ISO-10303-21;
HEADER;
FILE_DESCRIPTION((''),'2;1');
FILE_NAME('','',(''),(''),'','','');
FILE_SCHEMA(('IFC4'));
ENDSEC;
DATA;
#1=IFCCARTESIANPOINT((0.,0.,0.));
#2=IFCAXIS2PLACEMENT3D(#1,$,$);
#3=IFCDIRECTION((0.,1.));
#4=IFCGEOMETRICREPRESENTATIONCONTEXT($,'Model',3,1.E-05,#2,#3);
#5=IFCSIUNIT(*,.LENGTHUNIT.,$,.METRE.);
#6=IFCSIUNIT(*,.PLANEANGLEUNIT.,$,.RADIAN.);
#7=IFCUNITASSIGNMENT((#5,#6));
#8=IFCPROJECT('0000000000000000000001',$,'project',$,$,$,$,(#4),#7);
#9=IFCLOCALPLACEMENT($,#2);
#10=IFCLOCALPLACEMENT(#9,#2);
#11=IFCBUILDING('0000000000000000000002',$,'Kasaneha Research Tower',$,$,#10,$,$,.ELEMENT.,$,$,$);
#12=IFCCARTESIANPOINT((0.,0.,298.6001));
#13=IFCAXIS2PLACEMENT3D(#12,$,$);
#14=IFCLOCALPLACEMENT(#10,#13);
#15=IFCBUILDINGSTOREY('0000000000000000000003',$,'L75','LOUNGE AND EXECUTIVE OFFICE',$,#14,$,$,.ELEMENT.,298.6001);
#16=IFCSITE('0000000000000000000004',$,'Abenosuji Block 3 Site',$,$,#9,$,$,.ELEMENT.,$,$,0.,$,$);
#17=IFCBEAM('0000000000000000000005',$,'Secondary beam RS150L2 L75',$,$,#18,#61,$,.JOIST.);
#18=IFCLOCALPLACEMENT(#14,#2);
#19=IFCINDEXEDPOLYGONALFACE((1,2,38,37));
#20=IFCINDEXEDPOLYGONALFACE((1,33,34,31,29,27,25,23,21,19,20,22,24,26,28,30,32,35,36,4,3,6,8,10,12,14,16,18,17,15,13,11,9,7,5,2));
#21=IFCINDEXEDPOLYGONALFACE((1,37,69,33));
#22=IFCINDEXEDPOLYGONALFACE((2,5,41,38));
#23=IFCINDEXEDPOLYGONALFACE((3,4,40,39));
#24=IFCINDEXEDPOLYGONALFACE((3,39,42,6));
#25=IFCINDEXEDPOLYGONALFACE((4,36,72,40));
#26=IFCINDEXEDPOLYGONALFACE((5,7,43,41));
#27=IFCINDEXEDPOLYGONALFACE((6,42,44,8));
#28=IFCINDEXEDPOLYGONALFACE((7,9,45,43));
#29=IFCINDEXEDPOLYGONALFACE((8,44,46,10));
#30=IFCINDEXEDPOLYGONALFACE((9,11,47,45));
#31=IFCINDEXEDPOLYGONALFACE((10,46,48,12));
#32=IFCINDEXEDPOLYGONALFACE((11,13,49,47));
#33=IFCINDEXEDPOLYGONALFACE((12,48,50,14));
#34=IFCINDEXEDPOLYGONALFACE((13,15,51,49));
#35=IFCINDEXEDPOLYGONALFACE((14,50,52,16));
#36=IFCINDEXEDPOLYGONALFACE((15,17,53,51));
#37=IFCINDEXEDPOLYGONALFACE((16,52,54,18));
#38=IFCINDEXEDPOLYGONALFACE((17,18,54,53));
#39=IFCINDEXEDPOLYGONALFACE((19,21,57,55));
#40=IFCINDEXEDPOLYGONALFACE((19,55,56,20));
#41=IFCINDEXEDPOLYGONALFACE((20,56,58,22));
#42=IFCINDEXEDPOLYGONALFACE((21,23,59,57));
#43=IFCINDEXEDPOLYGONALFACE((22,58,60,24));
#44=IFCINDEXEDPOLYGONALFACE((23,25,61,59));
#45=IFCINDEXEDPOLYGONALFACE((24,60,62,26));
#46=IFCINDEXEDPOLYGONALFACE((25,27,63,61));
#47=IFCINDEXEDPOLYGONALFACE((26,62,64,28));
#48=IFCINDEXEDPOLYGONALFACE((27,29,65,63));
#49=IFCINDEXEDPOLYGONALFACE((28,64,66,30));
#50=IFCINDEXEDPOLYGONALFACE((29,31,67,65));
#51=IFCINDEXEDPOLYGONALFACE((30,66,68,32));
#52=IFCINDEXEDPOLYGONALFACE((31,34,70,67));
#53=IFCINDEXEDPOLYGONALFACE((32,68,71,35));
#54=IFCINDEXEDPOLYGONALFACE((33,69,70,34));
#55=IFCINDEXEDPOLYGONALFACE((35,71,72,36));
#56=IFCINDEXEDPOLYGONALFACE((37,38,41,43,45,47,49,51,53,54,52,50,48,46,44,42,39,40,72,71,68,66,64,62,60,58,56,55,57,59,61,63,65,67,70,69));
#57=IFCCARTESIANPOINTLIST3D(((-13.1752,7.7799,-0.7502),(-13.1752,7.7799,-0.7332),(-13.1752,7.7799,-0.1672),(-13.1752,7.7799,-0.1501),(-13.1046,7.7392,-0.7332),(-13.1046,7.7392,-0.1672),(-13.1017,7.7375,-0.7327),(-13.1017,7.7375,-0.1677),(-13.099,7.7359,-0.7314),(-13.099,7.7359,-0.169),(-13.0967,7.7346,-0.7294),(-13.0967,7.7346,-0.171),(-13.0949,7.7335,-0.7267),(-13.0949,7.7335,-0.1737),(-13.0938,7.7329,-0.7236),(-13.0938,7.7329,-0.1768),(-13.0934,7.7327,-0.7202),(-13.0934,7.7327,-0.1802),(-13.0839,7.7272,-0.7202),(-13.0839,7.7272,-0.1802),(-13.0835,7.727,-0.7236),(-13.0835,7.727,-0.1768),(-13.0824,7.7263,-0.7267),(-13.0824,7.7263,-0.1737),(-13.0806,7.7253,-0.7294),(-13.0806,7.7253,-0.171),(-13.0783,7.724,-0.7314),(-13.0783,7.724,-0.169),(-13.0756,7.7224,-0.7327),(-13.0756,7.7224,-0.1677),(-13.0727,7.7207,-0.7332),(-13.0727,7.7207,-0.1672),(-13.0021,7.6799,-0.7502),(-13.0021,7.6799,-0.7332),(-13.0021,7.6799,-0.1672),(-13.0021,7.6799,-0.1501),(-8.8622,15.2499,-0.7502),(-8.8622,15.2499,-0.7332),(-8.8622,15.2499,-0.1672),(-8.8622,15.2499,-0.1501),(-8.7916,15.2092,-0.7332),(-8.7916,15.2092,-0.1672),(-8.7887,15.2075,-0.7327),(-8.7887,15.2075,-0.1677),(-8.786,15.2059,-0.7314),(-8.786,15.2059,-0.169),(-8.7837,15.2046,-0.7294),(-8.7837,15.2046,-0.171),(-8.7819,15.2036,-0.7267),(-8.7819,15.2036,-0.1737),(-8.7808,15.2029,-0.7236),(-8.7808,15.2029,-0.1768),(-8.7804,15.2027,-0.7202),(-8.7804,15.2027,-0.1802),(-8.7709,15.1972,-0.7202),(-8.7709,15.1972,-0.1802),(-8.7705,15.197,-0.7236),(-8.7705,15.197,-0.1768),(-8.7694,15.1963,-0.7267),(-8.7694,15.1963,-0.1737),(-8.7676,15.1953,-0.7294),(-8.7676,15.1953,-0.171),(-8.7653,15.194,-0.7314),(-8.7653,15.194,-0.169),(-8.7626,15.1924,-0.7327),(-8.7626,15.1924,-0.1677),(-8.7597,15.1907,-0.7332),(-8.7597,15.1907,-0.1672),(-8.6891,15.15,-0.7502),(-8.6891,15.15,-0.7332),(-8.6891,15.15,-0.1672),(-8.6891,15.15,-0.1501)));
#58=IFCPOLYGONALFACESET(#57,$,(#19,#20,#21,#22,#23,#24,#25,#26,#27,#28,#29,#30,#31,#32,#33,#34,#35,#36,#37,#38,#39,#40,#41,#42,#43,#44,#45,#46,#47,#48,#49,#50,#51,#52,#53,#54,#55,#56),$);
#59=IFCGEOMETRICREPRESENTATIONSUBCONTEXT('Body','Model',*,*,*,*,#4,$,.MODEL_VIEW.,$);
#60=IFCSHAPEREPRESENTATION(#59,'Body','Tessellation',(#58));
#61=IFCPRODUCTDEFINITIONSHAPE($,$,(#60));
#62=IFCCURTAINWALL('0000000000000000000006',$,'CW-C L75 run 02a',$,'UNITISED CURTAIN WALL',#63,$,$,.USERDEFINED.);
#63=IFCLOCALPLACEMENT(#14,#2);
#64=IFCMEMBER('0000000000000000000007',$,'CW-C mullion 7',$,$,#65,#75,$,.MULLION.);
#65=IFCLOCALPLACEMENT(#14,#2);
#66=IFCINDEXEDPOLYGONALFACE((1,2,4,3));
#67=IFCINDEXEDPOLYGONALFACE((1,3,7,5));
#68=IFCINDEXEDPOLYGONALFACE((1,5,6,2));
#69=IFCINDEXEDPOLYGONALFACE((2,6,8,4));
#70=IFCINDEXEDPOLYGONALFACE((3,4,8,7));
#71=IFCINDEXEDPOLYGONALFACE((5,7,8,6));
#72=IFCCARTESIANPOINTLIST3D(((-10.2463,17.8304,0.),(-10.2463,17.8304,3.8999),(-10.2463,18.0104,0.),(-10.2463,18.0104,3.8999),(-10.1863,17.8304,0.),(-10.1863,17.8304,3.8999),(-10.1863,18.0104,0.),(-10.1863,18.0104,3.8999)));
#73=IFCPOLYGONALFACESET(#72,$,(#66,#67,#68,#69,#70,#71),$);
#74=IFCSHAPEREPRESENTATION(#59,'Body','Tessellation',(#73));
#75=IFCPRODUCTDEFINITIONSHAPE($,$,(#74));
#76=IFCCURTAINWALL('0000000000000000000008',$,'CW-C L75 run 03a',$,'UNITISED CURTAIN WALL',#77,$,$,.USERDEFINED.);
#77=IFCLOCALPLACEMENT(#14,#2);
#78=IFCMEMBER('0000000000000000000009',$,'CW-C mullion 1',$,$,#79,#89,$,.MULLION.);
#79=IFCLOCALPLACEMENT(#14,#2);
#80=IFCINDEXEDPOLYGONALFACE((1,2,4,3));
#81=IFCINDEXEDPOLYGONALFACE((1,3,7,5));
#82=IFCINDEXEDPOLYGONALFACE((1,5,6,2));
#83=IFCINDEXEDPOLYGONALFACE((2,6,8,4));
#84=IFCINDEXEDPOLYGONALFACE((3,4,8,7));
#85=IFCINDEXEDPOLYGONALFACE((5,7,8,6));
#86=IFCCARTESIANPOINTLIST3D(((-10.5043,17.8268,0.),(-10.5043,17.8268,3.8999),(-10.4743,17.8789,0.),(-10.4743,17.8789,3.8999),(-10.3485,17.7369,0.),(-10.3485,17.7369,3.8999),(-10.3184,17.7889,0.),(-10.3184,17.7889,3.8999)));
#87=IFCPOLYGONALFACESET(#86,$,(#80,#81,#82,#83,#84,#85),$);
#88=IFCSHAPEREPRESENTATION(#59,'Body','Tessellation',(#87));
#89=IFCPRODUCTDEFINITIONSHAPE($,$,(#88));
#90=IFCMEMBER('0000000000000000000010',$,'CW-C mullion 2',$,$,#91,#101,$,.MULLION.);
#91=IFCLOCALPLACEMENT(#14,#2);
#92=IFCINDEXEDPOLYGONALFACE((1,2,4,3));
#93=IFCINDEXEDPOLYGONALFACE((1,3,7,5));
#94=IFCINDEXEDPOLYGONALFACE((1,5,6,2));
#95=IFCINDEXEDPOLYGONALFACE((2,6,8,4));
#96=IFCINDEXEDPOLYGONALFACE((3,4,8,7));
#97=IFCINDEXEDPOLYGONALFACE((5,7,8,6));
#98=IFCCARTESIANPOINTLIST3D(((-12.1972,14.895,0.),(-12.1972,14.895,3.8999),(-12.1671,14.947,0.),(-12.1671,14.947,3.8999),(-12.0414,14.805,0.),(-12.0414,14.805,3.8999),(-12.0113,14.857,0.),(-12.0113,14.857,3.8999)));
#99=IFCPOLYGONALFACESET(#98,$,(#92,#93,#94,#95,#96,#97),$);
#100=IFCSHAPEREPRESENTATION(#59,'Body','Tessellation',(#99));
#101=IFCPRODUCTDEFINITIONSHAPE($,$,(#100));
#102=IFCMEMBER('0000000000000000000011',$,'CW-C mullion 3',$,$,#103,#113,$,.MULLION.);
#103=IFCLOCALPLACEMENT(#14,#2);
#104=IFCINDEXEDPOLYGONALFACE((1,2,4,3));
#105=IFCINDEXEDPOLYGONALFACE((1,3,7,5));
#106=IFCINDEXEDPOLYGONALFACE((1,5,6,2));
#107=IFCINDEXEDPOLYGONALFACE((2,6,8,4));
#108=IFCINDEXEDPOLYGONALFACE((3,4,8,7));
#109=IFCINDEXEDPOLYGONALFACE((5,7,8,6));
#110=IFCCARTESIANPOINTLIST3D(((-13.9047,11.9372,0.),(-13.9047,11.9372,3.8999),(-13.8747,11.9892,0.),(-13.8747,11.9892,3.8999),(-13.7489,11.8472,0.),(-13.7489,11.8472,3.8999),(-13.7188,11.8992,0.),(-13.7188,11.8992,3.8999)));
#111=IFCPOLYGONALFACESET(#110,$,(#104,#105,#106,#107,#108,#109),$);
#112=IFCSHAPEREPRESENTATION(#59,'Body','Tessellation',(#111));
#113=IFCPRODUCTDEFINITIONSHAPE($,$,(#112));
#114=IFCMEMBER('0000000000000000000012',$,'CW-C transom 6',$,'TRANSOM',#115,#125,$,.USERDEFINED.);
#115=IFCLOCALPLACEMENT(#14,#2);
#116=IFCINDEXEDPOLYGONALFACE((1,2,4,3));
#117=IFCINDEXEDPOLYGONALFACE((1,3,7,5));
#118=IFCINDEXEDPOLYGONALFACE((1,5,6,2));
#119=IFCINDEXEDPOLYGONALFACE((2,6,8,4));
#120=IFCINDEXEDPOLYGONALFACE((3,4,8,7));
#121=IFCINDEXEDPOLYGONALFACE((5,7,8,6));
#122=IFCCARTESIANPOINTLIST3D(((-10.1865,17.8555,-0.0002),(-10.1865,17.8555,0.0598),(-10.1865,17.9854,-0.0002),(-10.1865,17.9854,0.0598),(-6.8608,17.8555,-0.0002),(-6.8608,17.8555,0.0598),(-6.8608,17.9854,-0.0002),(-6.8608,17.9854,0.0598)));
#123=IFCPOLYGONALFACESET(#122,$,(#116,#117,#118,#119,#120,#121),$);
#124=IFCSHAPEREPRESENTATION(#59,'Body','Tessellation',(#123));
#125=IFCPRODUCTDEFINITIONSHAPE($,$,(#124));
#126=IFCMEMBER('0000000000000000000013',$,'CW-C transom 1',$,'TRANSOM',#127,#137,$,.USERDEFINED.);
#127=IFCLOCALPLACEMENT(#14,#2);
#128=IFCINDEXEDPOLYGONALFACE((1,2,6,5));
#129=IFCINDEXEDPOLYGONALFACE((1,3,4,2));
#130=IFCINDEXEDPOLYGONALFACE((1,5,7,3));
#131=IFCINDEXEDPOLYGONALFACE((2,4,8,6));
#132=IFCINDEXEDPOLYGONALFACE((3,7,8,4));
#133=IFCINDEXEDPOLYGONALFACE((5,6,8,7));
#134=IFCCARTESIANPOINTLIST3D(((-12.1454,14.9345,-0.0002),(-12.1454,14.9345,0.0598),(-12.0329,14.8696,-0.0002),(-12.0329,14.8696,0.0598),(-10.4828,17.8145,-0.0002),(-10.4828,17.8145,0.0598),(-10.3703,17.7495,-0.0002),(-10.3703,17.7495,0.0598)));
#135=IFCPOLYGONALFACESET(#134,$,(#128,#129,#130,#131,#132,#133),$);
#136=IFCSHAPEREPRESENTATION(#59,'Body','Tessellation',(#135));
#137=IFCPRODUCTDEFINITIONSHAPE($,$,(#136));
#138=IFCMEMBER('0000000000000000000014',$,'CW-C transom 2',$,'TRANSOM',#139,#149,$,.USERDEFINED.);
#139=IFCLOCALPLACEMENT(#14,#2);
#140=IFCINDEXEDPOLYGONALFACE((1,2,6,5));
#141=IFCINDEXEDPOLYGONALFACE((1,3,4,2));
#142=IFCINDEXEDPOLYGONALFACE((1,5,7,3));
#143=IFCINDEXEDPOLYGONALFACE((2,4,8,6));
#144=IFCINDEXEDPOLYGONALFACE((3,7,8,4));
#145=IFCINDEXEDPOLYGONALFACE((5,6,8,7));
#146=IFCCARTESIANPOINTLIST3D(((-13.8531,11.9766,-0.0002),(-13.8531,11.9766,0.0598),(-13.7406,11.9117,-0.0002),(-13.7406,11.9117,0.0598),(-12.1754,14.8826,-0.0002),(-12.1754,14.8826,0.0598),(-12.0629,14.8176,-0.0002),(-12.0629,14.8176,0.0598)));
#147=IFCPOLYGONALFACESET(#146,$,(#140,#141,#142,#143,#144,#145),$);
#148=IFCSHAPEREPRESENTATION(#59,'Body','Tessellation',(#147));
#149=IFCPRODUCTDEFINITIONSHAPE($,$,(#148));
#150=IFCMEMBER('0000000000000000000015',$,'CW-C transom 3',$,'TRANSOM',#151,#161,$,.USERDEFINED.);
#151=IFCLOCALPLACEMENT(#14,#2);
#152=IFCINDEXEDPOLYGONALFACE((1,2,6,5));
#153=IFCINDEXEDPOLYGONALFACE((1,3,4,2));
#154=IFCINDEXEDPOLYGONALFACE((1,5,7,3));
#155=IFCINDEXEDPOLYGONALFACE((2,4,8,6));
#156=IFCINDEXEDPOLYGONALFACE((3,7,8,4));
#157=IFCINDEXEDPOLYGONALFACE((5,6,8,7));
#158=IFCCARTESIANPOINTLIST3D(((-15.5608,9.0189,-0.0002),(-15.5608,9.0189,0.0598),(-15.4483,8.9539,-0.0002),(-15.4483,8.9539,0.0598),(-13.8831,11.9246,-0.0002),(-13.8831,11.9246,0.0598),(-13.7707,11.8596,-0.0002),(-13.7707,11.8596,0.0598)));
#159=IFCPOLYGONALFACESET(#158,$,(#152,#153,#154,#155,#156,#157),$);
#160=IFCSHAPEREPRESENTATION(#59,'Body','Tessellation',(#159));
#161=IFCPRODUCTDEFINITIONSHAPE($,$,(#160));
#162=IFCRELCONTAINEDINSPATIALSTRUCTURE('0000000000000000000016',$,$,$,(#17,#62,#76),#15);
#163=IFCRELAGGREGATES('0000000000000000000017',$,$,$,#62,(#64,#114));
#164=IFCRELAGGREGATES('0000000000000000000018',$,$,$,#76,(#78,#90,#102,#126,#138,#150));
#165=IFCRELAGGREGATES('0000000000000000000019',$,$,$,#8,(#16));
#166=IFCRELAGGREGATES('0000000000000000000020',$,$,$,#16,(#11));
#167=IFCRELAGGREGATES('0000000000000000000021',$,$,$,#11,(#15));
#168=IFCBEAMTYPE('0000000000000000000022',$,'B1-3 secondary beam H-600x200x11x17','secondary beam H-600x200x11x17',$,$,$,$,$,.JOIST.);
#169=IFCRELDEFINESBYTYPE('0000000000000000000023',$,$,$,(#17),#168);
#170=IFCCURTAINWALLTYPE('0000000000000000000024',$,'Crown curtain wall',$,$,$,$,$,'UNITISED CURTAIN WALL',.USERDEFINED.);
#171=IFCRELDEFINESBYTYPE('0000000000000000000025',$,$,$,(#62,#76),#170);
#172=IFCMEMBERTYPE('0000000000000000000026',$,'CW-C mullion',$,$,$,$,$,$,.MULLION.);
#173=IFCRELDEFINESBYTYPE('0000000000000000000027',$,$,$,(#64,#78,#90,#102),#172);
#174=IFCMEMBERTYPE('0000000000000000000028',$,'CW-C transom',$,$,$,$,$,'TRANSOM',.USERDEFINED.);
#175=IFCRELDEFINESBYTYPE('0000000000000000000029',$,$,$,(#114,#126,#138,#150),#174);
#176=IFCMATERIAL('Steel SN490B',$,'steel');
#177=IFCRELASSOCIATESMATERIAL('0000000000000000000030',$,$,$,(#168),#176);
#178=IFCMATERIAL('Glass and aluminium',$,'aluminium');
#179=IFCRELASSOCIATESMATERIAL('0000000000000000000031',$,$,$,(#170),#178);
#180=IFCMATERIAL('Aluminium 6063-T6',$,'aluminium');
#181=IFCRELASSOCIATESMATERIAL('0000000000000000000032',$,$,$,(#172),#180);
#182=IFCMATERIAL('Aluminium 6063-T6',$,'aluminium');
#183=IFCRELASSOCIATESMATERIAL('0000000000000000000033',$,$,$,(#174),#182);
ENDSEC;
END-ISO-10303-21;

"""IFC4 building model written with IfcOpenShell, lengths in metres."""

from ifc_helpers import new_model, si_unit, direction, frame, origin, origin_2d, place, context, subcontext, project, spatial, rectangle, i_section, extrude, material, material_profile, profile_set, type_object, element, aggregate, save


model = new_model("IFC4")

# Units and contexts
model_context = context("Model", 3, precision=1e-05, world=origin(), true_north=direction((0.0, 1.0)))
body_context = subcontext(model_context, "Body", "Model", "MODEL_VIEW")
ifc_project = project(units=[si_unit("LENGTHUNIT", "METRE"), si_unit("PLANEANGLEUNIT", "RADIAN")], contexts=[model_context])

# Site, building, storey
site_placement = place(None, origin())
site = spatial("IfcSite", under=ifc_project, at=site_placement, Name="Abenosuji Block 3 Site", CompositionType="ELEMENT", RefElevation=0.0)
building_placement = place(site_placement, origin())
building = spatial("IfcBuilding", under=site, at=building_placement, Name="Kasaneha Research Tower", CompositionType="ELEMENT")
storey_placement = place(building_placement, frame((0.0, 0.0, 298.6001)))
storey = spatial("IfcBuildingStorey", under=building, at=storey_placement, Name="L75", Description="LOUNGE AND EXECUTIVE OFFICE", CompositionType="ELEMENT", Elevation=298.6001)

# Beam
ifc_material_1 = material(Name="Steel SN490B", Category="steel")
ifc_material_profile_1 = material_profile(ifc_material_1, i_section(OverallWidth=0.2, OverallDepth=0.6001, WebThickness=0.011, FlangeThickness=0.0171, FilletRadius=0.0129, at=origin_2d()), Name="H-600x200x11x17")
ifc_profile_set_1 = profile_set([ifc_material_profile_1], Name="Steel SN490B")
beam_type_1 = type_object("IfcBeamType", Name="B1-3 secondary beam H-600x200x11x17", Description="secondary beam H-600x200x11x17", PredefinedType="JOIST", material=ifc_profile_set_1)
beam_1_placement = place(storey_placement, frame((-8.7756, 15.2, -0.4502), z_axis=(-0.500017, -0.866015, 0.0), x_axis=(0.866015, -0.500017, 0.0)))
element("IfcBeam", 1, at=beam_1_placement, inside=storey, type_object=beam_type_1, Name="Secondary beam RS150L2 L75", PredefinedType="JOIST", context=body_context, shape_type="SweptSolid", body=[
    extrude(i_section(OverallWidth=0.2, OverallDepth=0.6001, WebThickness=0.011, FlangeThickness=0.0171, FilletRadius=0.0129, at=origin_2d()), origin(), (0.0, 0.0, 1.0), 8.6257),
])

# Curtain wall, member
ifc_material_2 = material(Name="Glass and aluminium", Category="aluminium")
curtain_wall_type = type_object("IfcCurtainWallType", Name="Crown curtain wall", ElementType="UNITISED CURTAIN WALL", PredefinedType="USERDEFINED", material=ifc_material_2)
curtain_wall_1_placement = place(storey_placement, origin())
curtain_wall_1 = element("IfcCurtainWall", 2, at=curtain_wall_1_placement, inside=storey, type_object=curtain_wall_type, Name="CW-C L75 run 02a", ObjectType="UNITISED CURTAIN WALL", PredefinedType="USERDEFINED")
ifc_material_3 = material(Name="Aluminium 6063-T6", Category="aluminium")
ifc_material_profile_2 = material_profile(ifc_material_3, rectangle(XDim=0.0601, YDim=0.1799, at=origin_2d()), Name="CW-C mullion 60x180")
ifc_profile_set_2 = profile_set([ifc_material_profile_2], Name="Aluminium 6063-T6")
member_type_1 = type_object("IfcMemberType", Name="CW-C mullion", PredefinedType="MULLION", material=ifc_profile_set_2)
member_1_placement = place(storey_placement, frame((-10.2163, 17.9204, 0.0), z_axis=(0.0, 0.0, 1.0), x_axis=(-1.0, 0.0, 0.0)))
member_1 = element("IfcMember", 3, at=member_1_placement, type_object=member_type_1, Name="CW-C mullion 7", PredefinedType="MULLION", context=body_context, shape_type="SweptSolid", body=[
    extrude(rectangle(XDim=0.0601, YDim=0.1799, at=origin_2d()), origin(), (0.0, 0.0, 1.0), 3.8999),
])

# Curtain wall, members
curtain_wall_2_placement = place(storey_placement, origin())
curtain_wall_2 = element("IfcCurtainWall", 4, at=curtain_wall_2_placement, inside=storey, type_object=curtain_wall_type, Name="CW-C L75 run 03a", ObjectType="UNITISED CURTAIN WALL", PredefinedType="USERDEFINED")
member_2_placement = place(storey_placement, frame((-10.4114, 17.8079, 0.0), z_axis=(0.0, 0.0, 1.0), x_axis=(-0.5, -0.866025, 0.0)))
member_2 = element("IfcMember", 5, at=member_2_placement, type_object=member_type_1, Name="CW-C mullion 1", PredefinedType="MULLION", context=body_context, shape_type="SweptSolid", body=[
    extrude(rectangle(XDim=0.0601, YDim=0.1799, at=origin_2d()), origin(), (0.0, 0.0, 1.0), 3.8999),
])
member_3_placement = place(storey_placement, frame((-12.1042, 14.876, 0.0), z_axis=(0.0, 0.0, 1.0), x_axis=(-0.5, -0.866025, 0.0)))
member_3 = element("IfcMember", 6, at=member_3_placement, type_object=member_type_1, Name="CW-C mullion 2", PredefinedType="MULLION", context=body_context, shape_type="SweptSolid", body=[
    extrude(rectangle(XDim=0.0601, YDim=0.1799, at=origin_2d()), origin(), (0.0, 0.0, 1.0), 3.8999),
])
member_4_placement = place(storey_placement, frame((-13.8118, 11.9182, 0.0), z_axis=(0.0, 0.0, 1.0), x_axis=(-0.5, -0.866025, 0.0)))
member_4 = element("IfcMember", 7, at=member_4_placement, type_object=member_type_1, Name="CW-C mullion 3", PredefinedType="MULLION", context=body_context, shape_type="SweptSolid", body=[
    extrude(rectangle(XDim=0.0601, YDim=0.1799, at=origin_2d()), origin(), (0.0, 0.0, 1.0), 3.8999),
])

# Members
ifc_material_4 = material(Name="Aluminium 6063-T6", Category="aluminium")
ifc_material_profile_3 = material_profile(ifc_material_4, rectangle(XDim=0.1299, YDim=0.0601, at=origin_2d()), Name="CW-C transom 130x60")
ifc_profile_set_3 = profile_set([ifc_material_profile_3], Name="Aluminium 6063-T6")
member_type_2 = type_object("IfcMemberType", Name="CW-C transom", ElementType="TRANSOM", PredefinedType="USERDEFINED", material=ifc_profile_set_3)
member_5_placement = place(storey_placement, frame((-6.8608, 17.9204, 0.0298), z_axis=(-1.0, 0.0, 0.0), x_axis=(0.0, -1.0, 0.0)))
member_5 = element("IfcMember", 8, at=member_5_placement, type_object=member_type_2, Name="CW-C transom 6", ObjectType="TRANSOM", PredefinedType="USERDEFINED", context=body_context, shape_type="SweptSolid", body=[
    extrude(rectangle(XDim=0.1299, YDim=0.0601, at=origin_2d()), origin(), (0.0, 0.0, 1.0), 3.3257),
])
member_6_placement = place(storey_placement, frame((-10.4265, 17.782, 0.0298), z_axis=(-0.499977, -0.866039, 0.0), x_axis=(0.866039, -0.499977, 0.0)))
member_6 = element("IfcMember", 9, at=member_6_placement, type_object=member_type_2, Name="CW-C transom 1", ObjectType="TRANSOM", PredefinedType="USERDEFINED", context=body_context, shape_type="SweptSolid", body=[
    extrude(rectangle(XDim=0.1299, YDim=0.0601, at=origin_2d()), origin(), (0.0, 0.0, 1.0), 3.3254),
])
member_7_placement = place(storey_placement, frame((-12.1191, 14.8501, 0.0298), z_axis=(-0.499989, -0.866032, 0.0), x_axis=(0.866032, -0.499989, 0.0)))
member_7 = element("IfcMember", 10, at=member_7_placement, type_object=member_type_2, Name="CW-C transom 2", ObjectType="TRANSOM", PredefinedType="USERDEFINED", context=body_context, shape_type="SweptSolid", body=[
    extrude(rectangle(XDim=0.1299, YDim=0.0601, at=origin_2d()), origin(), (0.0, 0.0, 1.0), 3.3555),
])
member_8_placement = place(storey_placement, frame((-13.8269, 11.8921, 0.0298), z_axis=(-0.500021, -0.866014, 0.0), x_axis=(0.866014, -0.500021, 0.0)))
member_8 = element("IfcMember", 11, at=member_8_placement, type_object=member_type_2, Name="CW-C transom 3", ObjectType="TRANSOM", PredefinedType="USERDEFINED", context=body_context, shape_type="SweptSolid", body=[
    extrude(rectangle(XDim=0.1299, YDim=0.0601, at=origin_2d()), origin(), (0.0, 0.0, 1.0), 3.3552),
])

aggregate(curtain_wall_1, [member_1, member_5])
aggregate(curtain_wall_2, [member_2, member_3, member_4, member_6, member_7, member_8])

save(model, "model.ifc")
